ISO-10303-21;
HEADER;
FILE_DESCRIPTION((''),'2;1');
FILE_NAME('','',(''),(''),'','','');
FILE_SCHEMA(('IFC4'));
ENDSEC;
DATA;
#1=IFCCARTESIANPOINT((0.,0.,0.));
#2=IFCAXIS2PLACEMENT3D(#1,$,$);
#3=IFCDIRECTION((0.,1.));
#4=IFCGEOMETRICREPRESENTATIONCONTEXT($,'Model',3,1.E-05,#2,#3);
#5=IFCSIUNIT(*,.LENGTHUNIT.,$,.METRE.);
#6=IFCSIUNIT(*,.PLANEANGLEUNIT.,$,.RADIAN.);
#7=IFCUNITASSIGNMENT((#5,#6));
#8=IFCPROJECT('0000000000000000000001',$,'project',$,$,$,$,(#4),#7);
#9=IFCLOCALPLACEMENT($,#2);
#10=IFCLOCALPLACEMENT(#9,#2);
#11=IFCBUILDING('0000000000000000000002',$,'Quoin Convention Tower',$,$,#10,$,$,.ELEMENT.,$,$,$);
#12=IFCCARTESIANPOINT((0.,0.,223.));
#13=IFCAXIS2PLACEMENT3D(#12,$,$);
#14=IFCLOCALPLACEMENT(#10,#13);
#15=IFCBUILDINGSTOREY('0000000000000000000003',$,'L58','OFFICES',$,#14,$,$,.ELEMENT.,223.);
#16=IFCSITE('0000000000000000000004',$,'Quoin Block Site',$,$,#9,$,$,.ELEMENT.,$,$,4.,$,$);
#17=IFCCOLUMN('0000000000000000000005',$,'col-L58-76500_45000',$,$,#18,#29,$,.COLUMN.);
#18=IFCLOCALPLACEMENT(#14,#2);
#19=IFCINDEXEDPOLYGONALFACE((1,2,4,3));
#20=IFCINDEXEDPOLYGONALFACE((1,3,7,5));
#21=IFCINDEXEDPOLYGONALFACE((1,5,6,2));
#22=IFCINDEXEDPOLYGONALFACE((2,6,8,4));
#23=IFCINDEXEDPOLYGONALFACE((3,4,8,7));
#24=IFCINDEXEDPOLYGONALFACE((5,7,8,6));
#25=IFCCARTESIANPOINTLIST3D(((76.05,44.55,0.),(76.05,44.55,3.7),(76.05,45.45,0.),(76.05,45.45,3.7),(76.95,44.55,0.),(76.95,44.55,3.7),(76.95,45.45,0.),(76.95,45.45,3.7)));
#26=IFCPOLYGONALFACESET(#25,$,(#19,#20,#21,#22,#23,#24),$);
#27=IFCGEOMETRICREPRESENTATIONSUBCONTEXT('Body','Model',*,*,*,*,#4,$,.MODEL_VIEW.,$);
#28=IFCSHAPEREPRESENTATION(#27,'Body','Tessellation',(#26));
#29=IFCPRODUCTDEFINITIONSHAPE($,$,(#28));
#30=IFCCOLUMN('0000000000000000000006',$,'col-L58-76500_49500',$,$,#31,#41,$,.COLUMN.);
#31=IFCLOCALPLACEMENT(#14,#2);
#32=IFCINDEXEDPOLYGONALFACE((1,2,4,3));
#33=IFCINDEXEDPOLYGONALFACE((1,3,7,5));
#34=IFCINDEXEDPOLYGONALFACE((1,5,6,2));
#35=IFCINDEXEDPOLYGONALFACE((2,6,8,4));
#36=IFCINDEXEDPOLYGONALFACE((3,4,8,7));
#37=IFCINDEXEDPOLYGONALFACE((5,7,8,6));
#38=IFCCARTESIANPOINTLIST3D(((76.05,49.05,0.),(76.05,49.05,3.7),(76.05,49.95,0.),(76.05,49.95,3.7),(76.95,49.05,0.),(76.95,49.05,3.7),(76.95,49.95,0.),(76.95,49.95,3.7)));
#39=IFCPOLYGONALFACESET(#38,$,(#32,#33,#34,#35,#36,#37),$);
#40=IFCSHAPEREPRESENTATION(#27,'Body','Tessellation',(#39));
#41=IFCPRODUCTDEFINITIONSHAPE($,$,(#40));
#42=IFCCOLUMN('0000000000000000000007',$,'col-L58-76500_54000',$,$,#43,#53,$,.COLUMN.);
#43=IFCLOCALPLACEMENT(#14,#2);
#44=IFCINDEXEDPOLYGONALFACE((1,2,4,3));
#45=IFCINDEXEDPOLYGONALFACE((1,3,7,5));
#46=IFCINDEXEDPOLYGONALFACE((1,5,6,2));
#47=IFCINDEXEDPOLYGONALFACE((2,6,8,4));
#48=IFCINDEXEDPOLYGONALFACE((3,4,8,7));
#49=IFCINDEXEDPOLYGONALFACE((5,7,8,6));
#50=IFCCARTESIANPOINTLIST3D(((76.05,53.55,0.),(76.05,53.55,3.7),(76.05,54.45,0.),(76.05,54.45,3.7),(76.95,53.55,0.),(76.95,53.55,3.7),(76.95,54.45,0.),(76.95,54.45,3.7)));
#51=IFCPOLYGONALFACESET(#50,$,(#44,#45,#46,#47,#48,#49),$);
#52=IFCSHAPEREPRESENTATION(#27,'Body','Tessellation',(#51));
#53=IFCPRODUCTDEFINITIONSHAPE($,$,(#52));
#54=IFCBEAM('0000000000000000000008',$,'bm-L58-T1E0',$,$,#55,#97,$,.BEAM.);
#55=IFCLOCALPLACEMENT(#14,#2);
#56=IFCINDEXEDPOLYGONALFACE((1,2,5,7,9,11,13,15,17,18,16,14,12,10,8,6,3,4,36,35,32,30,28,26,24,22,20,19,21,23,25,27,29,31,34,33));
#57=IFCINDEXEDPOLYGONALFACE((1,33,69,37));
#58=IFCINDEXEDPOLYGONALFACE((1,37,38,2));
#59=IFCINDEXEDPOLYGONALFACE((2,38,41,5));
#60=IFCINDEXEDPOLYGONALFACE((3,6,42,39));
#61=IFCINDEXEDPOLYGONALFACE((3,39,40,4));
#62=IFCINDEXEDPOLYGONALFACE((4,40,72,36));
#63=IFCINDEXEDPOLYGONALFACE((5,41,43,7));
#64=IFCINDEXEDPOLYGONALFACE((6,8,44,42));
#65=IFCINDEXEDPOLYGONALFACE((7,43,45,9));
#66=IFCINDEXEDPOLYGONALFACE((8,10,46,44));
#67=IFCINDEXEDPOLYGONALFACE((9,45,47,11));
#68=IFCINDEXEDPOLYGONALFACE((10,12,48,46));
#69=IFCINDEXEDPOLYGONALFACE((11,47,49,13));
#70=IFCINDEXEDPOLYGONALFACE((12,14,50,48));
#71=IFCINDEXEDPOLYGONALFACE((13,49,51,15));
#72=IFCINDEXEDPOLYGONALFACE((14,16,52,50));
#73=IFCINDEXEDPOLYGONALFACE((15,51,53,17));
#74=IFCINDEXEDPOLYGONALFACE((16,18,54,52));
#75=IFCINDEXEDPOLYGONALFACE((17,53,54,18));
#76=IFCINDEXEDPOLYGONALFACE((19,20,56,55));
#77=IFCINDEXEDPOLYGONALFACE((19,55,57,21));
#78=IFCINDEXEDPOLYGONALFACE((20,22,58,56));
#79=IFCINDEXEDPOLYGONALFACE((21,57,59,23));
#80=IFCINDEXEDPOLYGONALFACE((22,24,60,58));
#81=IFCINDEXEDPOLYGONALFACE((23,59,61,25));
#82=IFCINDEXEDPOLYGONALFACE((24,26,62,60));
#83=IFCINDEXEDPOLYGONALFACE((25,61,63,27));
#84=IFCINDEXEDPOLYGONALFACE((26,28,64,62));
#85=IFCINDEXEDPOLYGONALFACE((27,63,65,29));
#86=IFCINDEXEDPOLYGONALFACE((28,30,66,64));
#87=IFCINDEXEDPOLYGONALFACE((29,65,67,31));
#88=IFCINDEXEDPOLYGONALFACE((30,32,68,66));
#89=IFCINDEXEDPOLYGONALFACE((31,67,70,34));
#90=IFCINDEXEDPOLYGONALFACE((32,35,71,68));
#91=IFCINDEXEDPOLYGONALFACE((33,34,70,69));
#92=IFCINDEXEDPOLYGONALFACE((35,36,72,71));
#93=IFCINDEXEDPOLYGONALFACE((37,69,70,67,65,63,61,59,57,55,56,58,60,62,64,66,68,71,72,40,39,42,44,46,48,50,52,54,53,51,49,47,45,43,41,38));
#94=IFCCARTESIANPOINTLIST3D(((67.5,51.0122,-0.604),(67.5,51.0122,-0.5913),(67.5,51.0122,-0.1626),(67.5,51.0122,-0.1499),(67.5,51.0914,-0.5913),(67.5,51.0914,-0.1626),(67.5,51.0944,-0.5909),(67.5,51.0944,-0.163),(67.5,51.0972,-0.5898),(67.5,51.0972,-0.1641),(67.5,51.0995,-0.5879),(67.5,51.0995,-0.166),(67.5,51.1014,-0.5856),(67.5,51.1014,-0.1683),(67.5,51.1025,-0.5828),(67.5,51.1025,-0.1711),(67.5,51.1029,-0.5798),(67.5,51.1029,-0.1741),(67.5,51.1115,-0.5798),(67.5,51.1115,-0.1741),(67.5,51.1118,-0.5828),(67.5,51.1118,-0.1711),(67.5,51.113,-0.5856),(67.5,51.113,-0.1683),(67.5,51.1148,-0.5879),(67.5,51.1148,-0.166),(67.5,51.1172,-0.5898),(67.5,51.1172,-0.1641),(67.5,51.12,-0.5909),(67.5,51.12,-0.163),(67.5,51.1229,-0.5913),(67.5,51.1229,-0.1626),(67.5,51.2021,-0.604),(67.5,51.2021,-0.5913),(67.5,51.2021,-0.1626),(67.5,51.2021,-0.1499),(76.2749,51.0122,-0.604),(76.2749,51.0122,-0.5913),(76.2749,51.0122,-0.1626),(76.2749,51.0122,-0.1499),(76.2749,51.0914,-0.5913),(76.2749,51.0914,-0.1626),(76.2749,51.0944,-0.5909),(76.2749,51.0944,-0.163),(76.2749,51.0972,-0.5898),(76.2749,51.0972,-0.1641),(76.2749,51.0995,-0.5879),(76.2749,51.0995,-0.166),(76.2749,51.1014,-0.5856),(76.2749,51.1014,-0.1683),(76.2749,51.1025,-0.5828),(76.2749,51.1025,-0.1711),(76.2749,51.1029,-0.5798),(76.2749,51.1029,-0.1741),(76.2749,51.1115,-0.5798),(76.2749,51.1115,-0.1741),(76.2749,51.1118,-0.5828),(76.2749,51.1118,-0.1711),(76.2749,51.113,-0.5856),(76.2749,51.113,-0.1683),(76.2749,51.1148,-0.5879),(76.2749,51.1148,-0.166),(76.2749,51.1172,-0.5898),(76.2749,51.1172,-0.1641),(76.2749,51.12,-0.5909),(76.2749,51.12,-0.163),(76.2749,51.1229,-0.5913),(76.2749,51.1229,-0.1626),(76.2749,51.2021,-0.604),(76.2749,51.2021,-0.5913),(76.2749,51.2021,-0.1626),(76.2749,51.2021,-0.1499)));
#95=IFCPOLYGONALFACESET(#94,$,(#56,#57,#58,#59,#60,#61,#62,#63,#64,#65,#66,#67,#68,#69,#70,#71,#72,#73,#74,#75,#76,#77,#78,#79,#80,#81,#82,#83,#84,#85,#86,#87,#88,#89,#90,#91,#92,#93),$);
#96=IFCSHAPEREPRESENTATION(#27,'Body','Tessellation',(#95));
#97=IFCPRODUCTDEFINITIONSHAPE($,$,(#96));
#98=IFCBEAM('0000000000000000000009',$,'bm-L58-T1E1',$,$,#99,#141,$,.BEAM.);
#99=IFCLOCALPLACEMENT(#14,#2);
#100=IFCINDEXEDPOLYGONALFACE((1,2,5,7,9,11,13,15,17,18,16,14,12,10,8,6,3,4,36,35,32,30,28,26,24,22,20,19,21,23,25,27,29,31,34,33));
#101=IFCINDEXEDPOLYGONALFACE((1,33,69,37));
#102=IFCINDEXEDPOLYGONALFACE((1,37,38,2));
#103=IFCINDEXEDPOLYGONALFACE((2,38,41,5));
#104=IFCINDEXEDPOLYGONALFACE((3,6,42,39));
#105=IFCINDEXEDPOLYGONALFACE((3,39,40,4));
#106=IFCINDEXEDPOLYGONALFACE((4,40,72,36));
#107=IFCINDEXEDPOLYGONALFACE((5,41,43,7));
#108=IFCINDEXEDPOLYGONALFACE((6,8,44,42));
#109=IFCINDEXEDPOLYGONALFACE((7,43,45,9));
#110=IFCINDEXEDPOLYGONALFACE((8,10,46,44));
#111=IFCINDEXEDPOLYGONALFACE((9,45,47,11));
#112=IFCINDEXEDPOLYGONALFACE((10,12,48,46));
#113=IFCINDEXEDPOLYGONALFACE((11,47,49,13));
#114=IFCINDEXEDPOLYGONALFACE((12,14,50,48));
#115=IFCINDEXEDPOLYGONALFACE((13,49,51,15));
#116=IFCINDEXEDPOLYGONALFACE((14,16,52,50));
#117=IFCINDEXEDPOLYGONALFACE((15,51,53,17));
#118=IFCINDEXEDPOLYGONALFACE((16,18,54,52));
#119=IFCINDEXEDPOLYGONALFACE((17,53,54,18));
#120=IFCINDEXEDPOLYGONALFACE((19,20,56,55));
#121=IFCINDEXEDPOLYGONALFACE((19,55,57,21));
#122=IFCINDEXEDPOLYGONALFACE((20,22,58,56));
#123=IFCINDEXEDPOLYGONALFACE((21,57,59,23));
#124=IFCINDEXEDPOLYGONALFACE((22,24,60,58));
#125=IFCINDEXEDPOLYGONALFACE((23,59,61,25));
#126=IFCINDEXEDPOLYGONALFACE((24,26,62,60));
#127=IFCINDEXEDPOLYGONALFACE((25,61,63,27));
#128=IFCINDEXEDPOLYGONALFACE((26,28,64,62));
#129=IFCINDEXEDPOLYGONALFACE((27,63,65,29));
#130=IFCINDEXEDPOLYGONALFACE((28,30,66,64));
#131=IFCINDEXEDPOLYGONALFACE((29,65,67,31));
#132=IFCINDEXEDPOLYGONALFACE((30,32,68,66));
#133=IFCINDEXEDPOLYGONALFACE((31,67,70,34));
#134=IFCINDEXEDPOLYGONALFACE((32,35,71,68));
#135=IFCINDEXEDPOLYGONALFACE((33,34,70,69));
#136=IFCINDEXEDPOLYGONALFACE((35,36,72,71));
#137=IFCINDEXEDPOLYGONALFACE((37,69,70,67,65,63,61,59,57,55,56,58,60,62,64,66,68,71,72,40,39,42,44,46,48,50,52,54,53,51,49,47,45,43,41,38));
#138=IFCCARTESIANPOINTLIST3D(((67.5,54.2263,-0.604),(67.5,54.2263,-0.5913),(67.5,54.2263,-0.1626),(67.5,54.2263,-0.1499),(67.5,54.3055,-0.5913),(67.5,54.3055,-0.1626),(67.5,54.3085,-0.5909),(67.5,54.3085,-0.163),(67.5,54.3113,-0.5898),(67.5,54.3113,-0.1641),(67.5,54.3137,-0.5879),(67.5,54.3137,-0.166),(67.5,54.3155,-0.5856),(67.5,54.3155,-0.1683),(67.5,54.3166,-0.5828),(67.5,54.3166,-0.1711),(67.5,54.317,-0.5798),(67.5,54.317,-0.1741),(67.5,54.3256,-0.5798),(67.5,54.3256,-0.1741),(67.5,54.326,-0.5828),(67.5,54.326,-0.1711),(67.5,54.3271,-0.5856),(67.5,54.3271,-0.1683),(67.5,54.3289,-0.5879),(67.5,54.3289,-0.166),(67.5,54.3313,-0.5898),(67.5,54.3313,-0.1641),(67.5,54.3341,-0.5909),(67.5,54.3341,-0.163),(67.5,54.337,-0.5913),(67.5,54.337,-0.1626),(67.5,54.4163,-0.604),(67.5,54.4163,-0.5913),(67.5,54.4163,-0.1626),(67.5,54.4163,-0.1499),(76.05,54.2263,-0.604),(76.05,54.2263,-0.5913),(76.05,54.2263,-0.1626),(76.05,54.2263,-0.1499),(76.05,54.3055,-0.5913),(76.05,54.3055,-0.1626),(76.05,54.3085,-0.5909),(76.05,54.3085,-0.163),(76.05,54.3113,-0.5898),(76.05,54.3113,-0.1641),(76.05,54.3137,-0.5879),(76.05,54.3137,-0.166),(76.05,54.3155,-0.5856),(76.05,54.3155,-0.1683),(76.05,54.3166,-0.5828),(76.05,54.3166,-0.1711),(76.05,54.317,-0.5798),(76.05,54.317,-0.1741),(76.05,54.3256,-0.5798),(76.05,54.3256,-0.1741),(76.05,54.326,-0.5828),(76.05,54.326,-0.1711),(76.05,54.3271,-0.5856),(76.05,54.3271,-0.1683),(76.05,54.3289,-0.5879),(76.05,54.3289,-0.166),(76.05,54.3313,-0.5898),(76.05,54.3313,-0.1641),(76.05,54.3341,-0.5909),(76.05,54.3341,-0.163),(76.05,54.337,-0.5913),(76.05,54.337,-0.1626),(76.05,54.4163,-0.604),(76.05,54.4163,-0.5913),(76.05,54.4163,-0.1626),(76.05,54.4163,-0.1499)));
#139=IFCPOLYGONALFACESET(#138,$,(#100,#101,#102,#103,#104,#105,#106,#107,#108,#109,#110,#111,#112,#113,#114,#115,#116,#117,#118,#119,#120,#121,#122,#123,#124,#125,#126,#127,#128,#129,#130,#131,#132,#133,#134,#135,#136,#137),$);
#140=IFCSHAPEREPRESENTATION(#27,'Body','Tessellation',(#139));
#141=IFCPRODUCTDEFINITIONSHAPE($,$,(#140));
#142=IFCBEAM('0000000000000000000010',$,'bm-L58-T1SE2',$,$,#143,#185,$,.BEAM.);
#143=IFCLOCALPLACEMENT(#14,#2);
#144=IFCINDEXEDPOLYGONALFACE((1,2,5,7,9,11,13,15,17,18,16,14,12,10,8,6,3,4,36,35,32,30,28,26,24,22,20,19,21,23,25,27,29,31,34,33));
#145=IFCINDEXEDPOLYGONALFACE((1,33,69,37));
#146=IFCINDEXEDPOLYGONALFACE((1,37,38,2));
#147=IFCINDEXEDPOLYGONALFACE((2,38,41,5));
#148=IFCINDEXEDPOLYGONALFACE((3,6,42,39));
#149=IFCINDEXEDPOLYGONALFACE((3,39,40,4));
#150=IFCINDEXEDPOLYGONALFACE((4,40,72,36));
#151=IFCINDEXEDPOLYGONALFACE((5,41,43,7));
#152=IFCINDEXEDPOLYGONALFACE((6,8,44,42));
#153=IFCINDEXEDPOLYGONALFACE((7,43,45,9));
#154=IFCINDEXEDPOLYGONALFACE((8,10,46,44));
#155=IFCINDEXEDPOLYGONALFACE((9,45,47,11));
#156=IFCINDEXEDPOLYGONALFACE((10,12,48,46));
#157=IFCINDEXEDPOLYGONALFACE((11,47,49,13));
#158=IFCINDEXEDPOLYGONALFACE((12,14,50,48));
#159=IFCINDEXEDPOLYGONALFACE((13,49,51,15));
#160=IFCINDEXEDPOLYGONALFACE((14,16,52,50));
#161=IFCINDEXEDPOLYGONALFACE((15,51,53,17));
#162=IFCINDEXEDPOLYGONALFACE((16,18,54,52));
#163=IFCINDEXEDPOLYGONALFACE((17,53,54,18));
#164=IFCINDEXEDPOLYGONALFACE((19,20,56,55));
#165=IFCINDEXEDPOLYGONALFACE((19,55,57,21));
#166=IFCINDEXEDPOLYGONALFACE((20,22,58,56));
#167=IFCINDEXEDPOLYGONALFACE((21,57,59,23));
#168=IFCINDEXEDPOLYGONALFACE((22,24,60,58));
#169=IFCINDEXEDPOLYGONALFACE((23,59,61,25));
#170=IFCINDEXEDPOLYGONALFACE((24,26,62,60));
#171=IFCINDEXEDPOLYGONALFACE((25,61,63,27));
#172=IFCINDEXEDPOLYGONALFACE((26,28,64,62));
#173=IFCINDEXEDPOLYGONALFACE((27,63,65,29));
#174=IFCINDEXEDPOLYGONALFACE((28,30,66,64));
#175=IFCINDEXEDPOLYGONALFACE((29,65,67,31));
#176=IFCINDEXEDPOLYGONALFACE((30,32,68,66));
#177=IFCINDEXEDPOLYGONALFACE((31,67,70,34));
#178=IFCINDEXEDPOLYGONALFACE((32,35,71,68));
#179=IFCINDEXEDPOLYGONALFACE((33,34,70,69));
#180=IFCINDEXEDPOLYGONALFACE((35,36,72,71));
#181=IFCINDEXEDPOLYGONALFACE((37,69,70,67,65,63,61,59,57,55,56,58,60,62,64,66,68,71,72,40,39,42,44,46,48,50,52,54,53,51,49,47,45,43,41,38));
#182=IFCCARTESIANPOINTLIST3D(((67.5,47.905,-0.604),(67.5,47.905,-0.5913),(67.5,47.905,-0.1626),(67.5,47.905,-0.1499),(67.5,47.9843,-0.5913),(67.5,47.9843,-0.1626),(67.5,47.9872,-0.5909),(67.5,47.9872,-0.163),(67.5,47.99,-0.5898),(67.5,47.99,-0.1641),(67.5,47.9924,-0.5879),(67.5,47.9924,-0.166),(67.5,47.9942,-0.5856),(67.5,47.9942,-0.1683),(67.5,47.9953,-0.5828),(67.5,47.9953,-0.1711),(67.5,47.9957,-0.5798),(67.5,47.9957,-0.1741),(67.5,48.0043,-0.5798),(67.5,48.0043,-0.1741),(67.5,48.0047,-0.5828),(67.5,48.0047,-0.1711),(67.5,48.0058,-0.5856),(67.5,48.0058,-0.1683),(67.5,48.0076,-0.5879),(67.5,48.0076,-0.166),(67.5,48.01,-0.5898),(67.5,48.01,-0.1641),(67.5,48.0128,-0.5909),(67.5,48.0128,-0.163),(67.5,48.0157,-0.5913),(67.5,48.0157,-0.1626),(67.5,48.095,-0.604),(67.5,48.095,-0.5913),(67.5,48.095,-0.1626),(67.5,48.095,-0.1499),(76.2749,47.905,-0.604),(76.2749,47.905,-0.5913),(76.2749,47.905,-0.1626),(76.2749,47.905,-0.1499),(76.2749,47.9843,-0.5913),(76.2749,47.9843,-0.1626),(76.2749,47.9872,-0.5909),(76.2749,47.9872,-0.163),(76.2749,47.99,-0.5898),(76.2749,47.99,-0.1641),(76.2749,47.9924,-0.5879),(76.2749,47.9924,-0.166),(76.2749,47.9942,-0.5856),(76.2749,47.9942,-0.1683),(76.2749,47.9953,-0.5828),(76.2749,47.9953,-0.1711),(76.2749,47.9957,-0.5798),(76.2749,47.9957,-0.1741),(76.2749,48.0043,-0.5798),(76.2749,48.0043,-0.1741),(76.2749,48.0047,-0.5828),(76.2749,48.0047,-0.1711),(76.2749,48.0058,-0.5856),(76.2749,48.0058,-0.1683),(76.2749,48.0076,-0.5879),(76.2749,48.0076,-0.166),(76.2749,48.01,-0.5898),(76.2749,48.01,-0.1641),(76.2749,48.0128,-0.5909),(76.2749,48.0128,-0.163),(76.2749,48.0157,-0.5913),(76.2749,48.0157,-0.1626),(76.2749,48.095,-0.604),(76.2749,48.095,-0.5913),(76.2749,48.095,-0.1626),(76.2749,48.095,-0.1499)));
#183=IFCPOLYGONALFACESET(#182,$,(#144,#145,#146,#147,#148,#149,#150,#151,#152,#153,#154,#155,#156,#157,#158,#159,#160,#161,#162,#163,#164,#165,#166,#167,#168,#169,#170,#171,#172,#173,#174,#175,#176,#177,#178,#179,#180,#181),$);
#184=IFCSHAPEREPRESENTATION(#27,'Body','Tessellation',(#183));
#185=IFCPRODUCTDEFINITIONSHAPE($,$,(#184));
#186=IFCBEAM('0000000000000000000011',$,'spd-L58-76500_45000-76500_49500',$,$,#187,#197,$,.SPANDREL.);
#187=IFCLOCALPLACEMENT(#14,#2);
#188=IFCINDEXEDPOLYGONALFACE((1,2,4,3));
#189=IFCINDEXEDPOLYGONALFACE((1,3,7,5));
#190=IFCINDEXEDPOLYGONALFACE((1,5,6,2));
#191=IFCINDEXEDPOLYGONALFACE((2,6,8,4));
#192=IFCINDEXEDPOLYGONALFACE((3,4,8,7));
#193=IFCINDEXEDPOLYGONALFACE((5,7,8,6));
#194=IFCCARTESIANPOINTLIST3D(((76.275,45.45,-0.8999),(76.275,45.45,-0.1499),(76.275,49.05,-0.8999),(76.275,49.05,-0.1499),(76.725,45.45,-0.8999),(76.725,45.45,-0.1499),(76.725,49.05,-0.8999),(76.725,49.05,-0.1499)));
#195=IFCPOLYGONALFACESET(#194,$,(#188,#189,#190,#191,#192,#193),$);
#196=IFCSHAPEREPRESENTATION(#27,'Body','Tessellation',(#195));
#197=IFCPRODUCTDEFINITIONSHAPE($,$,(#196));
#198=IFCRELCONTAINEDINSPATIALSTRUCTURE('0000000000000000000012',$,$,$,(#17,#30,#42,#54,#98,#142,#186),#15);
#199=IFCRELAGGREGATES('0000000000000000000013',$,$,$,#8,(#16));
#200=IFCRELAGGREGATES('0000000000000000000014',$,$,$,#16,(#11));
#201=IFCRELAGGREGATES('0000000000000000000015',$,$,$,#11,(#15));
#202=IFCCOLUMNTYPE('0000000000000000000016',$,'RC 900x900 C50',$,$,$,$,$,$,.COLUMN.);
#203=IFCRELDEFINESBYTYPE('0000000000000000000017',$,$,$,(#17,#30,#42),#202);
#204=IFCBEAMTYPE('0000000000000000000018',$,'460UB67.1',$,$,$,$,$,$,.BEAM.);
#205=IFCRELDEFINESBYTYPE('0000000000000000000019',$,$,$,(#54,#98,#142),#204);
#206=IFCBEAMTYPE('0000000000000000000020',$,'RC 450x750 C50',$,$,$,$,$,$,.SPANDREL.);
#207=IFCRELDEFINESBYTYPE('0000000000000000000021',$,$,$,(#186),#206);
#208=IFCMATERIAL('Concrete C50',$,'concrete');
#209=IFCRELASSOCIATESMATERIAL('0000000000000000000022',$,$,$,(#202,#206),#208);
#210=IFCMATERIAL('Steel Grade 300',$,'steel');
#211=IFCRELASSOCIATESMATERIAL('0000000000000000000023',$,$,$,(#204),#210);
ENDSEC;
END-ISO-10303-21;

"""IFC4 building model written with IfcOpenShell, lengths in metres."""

from ifc_helpers import new_model, si_unit, direction, frame, origin, origin_2d, place, context, subcontext, project, spatial, rectangle, i_section, extrude, material, material_profile, profile_set, type_object, element, save


model = new_model("IFC4")

# Units and contexts
model_context = context("Model", 3, precision=1e-05, world=origin(), true_north=direction((0.0, 1.0)))
body_context = subcontext(model_context, "Body", "Model", "MODEL_VIEW")
ifc_project = project(units=[si_unit("LENGTHUNIT", "METRE"), si_unit("PLANEANGLEUNIT", "RADIAN")], contexts=[model_context])

# Site, building, storey
site_placement = place(None, origin())
site = spatial("IfcSite", under=ifc_project, at=site_placement, Name="Quoin Block Site", CompositionType="ELEMENT", RefElevation=4.0)
building_placement = place(site_placement, origin())
building = spatial("IfcBuilding", under=site, at=building_placement, Name="Quoin Convention Tower", CompositionType="ELEMENT")
storey_placement = place(building_placement, frame((0.0, 0.0, 223.0)))
storey = spatial("IfcBuildingStorey", under=building, at=storey_placement, Name="L58", Description="OFFICES", CompositionType="ELEMENT", Elevation=223.0)

# Columns
ifc_material_1 = material(Name="Concrete C50", Category="concrete")
ifc_material_profile_1 = material_profile(ifc_material_1, rectangle(XDim=0.8999, YDim=0.8999, at=origin_2d()), Name="RC 900x900")
ifc_profile_set_1 = profile_set([ifc_material_profile_1], Name="Concrete C50")
column_type = type_object("IfcColumnType", Name="RC 900x900 C50", PredefinedType="COLUMN", material=ifc_profile_set_1)
for number, where, z_axis, x_axis, name in (
    (1, (76.5, 45.0, 0.0), (0.0, 0.0, 1.0), (1.0, 0.0, 0.0), "col-L58-76500_45000"),
    (2, (76.5, 49.5, 0.0), (0.0, 0.0, 1.0), (1.0, 0.0, 0.0), "col-L58-76500_49500"),
    (3, (76.5, 54.0, 0.0), (0.0, 0.0, 1.0), (1.0, 0.0, 0.0), "col-L58-76500_54000"),
):
    element("IfcColumn", number, at=place(storey_placement, frame(where, z_axis=z_axis, x_axis=x_axis)), inside=storey, type_object=column_type, Name=name, PredefinedType="COLUMN", context=body_context, shape_type="SweptSolid", body=[
        extrude(rectangle(XDim=0.8999, YDim=0.8999, at=origin_2d()), origin(), (0.0, 0.0, 1.0), 3.7),
    ])

# Beams
ifc_material_2 = material(Name="Steel Grade 300", Category="steel")
ifc_material_profile_2 = material_profile(ifc_material_2, i_section(OverallWidth=0.1899, OverallDepth=0.4541, WebThickness=0.0085, FlangeThickness=0.0127, FilletRadius=0.0115, at=origin_2d()), Name="460UB67.1")
ifc_profile_set_2 = profile_set([ifc_material_profile_2], Name="Steel Grade 300")
beam_type_1 = type_object("IfcBeamType", Name="460UB67.1", PredefinedType="BEAM", material=ifc_profile_set_2)
beam_1_placement = place(storey_placement, frame((67.5, 51.1072, -0.377), z_axis=(1.0, 0.0, 0.0), x_axis=(0.0, 1.0, 0.0)))
element("IfcBeam", 4, at=beam_1_placement, inside=storey, type_object=beam_type_1, Name="bm-L58-T1E0", PredefinedType="BEAM", context=body_context, shape_type="SweptSolid", body=[
    extrude(i_section(OverallWidth=0.1899, OverallDepth=0.4541, WebThickness=0.0085, FlangeThickness=0.0127, FilletRadius=0.0115, at=origin_2d()), origin(), (0.0, 0.0, 1.0), 8.7749),
])
beam_2_placement = place(storey_placement, frame((67.5, 54.3213, -0.377), z_axis=(1.0, 0.0, 0.0), x_axis=(0.0, 1.0, 0.0)))
element("IfcBeam", 5, at=beam_2_placement, inside=storey, type_object=beam_type_1, Name="bm-L58-T1E1", PredefinedType="BEAM", context=body_context, shape_type="SweptSolid", body=[
    extrude(i_section(OverallWidth=0.1899, OverallDepth=0.4541, WebThickness=0.0085, FlangeThickness=0.0127, FilletRadius=0.0115, at=origin_2d()), origin(), (0.0, 0.0, 1.0), 8.55),
])
beam_3_placement = place(storey_placement, frame((67.5, 48.0, -0.377), z_axis=(1.0, 0.0, 0.0), x_axis=(0.0, 1.0, 0.0)))
element("IfcBeam", 6, at=beam_3_placement, inside=storey, type_object=beam_type_1, Name="bm-L58-T1SE2", PredefinedType="BEAM", context=body_context, shape_type="SweptSolid", body=[
    extrude(i_section(OverallWidth=0.1899, OverallDepth=0.4541, WebThickness=0.0085, FlangeThickness=0.0127, FilletRadius=0.0115, at=origin_2d()), origin(), (0.0, 0.0, 1.0), 8.7749),
])
ifc_material_profile_3 = material_profile(ifc_material_1, rectangle(XDim=0.45, YDim=0.75, at=origin_2d()), Name="RC 450x750")
ifc_profile_set_3 = profile_set([ifc_material_profile_3], Name="Concrete C50")
beam_type_2 = type_object("IfcBeamType", Name="RC 450x750 C50", PredefinedType="SPANDREL", material=ifc_profile_set_3)
for number, where, z_axis, x_axis, name in (
    (7, (76.5, 45.45, -0.5249), (0.0, 1.0, 0.0), (-1.0, 0.0, 0.0), "spd-L58-76500_45000-76500_49500"),
):
    element("IfcBeam", number, at=place(storey_placement, frame(where, z_axis=z_axis, x_axis=x_axis)), inside=storey, type_object=beam_type_2, Name=name, PredefinedType="SPANDREL", context=body_context, shape_type="SweptSolid", body=[
        extrude(rectangle(XDim=0.45, YDim=0.75, at=origin_2d()), origin(), (0.0, 0.0, 1.0), 3.6001),
    ])

save(model, "model.ifc")
